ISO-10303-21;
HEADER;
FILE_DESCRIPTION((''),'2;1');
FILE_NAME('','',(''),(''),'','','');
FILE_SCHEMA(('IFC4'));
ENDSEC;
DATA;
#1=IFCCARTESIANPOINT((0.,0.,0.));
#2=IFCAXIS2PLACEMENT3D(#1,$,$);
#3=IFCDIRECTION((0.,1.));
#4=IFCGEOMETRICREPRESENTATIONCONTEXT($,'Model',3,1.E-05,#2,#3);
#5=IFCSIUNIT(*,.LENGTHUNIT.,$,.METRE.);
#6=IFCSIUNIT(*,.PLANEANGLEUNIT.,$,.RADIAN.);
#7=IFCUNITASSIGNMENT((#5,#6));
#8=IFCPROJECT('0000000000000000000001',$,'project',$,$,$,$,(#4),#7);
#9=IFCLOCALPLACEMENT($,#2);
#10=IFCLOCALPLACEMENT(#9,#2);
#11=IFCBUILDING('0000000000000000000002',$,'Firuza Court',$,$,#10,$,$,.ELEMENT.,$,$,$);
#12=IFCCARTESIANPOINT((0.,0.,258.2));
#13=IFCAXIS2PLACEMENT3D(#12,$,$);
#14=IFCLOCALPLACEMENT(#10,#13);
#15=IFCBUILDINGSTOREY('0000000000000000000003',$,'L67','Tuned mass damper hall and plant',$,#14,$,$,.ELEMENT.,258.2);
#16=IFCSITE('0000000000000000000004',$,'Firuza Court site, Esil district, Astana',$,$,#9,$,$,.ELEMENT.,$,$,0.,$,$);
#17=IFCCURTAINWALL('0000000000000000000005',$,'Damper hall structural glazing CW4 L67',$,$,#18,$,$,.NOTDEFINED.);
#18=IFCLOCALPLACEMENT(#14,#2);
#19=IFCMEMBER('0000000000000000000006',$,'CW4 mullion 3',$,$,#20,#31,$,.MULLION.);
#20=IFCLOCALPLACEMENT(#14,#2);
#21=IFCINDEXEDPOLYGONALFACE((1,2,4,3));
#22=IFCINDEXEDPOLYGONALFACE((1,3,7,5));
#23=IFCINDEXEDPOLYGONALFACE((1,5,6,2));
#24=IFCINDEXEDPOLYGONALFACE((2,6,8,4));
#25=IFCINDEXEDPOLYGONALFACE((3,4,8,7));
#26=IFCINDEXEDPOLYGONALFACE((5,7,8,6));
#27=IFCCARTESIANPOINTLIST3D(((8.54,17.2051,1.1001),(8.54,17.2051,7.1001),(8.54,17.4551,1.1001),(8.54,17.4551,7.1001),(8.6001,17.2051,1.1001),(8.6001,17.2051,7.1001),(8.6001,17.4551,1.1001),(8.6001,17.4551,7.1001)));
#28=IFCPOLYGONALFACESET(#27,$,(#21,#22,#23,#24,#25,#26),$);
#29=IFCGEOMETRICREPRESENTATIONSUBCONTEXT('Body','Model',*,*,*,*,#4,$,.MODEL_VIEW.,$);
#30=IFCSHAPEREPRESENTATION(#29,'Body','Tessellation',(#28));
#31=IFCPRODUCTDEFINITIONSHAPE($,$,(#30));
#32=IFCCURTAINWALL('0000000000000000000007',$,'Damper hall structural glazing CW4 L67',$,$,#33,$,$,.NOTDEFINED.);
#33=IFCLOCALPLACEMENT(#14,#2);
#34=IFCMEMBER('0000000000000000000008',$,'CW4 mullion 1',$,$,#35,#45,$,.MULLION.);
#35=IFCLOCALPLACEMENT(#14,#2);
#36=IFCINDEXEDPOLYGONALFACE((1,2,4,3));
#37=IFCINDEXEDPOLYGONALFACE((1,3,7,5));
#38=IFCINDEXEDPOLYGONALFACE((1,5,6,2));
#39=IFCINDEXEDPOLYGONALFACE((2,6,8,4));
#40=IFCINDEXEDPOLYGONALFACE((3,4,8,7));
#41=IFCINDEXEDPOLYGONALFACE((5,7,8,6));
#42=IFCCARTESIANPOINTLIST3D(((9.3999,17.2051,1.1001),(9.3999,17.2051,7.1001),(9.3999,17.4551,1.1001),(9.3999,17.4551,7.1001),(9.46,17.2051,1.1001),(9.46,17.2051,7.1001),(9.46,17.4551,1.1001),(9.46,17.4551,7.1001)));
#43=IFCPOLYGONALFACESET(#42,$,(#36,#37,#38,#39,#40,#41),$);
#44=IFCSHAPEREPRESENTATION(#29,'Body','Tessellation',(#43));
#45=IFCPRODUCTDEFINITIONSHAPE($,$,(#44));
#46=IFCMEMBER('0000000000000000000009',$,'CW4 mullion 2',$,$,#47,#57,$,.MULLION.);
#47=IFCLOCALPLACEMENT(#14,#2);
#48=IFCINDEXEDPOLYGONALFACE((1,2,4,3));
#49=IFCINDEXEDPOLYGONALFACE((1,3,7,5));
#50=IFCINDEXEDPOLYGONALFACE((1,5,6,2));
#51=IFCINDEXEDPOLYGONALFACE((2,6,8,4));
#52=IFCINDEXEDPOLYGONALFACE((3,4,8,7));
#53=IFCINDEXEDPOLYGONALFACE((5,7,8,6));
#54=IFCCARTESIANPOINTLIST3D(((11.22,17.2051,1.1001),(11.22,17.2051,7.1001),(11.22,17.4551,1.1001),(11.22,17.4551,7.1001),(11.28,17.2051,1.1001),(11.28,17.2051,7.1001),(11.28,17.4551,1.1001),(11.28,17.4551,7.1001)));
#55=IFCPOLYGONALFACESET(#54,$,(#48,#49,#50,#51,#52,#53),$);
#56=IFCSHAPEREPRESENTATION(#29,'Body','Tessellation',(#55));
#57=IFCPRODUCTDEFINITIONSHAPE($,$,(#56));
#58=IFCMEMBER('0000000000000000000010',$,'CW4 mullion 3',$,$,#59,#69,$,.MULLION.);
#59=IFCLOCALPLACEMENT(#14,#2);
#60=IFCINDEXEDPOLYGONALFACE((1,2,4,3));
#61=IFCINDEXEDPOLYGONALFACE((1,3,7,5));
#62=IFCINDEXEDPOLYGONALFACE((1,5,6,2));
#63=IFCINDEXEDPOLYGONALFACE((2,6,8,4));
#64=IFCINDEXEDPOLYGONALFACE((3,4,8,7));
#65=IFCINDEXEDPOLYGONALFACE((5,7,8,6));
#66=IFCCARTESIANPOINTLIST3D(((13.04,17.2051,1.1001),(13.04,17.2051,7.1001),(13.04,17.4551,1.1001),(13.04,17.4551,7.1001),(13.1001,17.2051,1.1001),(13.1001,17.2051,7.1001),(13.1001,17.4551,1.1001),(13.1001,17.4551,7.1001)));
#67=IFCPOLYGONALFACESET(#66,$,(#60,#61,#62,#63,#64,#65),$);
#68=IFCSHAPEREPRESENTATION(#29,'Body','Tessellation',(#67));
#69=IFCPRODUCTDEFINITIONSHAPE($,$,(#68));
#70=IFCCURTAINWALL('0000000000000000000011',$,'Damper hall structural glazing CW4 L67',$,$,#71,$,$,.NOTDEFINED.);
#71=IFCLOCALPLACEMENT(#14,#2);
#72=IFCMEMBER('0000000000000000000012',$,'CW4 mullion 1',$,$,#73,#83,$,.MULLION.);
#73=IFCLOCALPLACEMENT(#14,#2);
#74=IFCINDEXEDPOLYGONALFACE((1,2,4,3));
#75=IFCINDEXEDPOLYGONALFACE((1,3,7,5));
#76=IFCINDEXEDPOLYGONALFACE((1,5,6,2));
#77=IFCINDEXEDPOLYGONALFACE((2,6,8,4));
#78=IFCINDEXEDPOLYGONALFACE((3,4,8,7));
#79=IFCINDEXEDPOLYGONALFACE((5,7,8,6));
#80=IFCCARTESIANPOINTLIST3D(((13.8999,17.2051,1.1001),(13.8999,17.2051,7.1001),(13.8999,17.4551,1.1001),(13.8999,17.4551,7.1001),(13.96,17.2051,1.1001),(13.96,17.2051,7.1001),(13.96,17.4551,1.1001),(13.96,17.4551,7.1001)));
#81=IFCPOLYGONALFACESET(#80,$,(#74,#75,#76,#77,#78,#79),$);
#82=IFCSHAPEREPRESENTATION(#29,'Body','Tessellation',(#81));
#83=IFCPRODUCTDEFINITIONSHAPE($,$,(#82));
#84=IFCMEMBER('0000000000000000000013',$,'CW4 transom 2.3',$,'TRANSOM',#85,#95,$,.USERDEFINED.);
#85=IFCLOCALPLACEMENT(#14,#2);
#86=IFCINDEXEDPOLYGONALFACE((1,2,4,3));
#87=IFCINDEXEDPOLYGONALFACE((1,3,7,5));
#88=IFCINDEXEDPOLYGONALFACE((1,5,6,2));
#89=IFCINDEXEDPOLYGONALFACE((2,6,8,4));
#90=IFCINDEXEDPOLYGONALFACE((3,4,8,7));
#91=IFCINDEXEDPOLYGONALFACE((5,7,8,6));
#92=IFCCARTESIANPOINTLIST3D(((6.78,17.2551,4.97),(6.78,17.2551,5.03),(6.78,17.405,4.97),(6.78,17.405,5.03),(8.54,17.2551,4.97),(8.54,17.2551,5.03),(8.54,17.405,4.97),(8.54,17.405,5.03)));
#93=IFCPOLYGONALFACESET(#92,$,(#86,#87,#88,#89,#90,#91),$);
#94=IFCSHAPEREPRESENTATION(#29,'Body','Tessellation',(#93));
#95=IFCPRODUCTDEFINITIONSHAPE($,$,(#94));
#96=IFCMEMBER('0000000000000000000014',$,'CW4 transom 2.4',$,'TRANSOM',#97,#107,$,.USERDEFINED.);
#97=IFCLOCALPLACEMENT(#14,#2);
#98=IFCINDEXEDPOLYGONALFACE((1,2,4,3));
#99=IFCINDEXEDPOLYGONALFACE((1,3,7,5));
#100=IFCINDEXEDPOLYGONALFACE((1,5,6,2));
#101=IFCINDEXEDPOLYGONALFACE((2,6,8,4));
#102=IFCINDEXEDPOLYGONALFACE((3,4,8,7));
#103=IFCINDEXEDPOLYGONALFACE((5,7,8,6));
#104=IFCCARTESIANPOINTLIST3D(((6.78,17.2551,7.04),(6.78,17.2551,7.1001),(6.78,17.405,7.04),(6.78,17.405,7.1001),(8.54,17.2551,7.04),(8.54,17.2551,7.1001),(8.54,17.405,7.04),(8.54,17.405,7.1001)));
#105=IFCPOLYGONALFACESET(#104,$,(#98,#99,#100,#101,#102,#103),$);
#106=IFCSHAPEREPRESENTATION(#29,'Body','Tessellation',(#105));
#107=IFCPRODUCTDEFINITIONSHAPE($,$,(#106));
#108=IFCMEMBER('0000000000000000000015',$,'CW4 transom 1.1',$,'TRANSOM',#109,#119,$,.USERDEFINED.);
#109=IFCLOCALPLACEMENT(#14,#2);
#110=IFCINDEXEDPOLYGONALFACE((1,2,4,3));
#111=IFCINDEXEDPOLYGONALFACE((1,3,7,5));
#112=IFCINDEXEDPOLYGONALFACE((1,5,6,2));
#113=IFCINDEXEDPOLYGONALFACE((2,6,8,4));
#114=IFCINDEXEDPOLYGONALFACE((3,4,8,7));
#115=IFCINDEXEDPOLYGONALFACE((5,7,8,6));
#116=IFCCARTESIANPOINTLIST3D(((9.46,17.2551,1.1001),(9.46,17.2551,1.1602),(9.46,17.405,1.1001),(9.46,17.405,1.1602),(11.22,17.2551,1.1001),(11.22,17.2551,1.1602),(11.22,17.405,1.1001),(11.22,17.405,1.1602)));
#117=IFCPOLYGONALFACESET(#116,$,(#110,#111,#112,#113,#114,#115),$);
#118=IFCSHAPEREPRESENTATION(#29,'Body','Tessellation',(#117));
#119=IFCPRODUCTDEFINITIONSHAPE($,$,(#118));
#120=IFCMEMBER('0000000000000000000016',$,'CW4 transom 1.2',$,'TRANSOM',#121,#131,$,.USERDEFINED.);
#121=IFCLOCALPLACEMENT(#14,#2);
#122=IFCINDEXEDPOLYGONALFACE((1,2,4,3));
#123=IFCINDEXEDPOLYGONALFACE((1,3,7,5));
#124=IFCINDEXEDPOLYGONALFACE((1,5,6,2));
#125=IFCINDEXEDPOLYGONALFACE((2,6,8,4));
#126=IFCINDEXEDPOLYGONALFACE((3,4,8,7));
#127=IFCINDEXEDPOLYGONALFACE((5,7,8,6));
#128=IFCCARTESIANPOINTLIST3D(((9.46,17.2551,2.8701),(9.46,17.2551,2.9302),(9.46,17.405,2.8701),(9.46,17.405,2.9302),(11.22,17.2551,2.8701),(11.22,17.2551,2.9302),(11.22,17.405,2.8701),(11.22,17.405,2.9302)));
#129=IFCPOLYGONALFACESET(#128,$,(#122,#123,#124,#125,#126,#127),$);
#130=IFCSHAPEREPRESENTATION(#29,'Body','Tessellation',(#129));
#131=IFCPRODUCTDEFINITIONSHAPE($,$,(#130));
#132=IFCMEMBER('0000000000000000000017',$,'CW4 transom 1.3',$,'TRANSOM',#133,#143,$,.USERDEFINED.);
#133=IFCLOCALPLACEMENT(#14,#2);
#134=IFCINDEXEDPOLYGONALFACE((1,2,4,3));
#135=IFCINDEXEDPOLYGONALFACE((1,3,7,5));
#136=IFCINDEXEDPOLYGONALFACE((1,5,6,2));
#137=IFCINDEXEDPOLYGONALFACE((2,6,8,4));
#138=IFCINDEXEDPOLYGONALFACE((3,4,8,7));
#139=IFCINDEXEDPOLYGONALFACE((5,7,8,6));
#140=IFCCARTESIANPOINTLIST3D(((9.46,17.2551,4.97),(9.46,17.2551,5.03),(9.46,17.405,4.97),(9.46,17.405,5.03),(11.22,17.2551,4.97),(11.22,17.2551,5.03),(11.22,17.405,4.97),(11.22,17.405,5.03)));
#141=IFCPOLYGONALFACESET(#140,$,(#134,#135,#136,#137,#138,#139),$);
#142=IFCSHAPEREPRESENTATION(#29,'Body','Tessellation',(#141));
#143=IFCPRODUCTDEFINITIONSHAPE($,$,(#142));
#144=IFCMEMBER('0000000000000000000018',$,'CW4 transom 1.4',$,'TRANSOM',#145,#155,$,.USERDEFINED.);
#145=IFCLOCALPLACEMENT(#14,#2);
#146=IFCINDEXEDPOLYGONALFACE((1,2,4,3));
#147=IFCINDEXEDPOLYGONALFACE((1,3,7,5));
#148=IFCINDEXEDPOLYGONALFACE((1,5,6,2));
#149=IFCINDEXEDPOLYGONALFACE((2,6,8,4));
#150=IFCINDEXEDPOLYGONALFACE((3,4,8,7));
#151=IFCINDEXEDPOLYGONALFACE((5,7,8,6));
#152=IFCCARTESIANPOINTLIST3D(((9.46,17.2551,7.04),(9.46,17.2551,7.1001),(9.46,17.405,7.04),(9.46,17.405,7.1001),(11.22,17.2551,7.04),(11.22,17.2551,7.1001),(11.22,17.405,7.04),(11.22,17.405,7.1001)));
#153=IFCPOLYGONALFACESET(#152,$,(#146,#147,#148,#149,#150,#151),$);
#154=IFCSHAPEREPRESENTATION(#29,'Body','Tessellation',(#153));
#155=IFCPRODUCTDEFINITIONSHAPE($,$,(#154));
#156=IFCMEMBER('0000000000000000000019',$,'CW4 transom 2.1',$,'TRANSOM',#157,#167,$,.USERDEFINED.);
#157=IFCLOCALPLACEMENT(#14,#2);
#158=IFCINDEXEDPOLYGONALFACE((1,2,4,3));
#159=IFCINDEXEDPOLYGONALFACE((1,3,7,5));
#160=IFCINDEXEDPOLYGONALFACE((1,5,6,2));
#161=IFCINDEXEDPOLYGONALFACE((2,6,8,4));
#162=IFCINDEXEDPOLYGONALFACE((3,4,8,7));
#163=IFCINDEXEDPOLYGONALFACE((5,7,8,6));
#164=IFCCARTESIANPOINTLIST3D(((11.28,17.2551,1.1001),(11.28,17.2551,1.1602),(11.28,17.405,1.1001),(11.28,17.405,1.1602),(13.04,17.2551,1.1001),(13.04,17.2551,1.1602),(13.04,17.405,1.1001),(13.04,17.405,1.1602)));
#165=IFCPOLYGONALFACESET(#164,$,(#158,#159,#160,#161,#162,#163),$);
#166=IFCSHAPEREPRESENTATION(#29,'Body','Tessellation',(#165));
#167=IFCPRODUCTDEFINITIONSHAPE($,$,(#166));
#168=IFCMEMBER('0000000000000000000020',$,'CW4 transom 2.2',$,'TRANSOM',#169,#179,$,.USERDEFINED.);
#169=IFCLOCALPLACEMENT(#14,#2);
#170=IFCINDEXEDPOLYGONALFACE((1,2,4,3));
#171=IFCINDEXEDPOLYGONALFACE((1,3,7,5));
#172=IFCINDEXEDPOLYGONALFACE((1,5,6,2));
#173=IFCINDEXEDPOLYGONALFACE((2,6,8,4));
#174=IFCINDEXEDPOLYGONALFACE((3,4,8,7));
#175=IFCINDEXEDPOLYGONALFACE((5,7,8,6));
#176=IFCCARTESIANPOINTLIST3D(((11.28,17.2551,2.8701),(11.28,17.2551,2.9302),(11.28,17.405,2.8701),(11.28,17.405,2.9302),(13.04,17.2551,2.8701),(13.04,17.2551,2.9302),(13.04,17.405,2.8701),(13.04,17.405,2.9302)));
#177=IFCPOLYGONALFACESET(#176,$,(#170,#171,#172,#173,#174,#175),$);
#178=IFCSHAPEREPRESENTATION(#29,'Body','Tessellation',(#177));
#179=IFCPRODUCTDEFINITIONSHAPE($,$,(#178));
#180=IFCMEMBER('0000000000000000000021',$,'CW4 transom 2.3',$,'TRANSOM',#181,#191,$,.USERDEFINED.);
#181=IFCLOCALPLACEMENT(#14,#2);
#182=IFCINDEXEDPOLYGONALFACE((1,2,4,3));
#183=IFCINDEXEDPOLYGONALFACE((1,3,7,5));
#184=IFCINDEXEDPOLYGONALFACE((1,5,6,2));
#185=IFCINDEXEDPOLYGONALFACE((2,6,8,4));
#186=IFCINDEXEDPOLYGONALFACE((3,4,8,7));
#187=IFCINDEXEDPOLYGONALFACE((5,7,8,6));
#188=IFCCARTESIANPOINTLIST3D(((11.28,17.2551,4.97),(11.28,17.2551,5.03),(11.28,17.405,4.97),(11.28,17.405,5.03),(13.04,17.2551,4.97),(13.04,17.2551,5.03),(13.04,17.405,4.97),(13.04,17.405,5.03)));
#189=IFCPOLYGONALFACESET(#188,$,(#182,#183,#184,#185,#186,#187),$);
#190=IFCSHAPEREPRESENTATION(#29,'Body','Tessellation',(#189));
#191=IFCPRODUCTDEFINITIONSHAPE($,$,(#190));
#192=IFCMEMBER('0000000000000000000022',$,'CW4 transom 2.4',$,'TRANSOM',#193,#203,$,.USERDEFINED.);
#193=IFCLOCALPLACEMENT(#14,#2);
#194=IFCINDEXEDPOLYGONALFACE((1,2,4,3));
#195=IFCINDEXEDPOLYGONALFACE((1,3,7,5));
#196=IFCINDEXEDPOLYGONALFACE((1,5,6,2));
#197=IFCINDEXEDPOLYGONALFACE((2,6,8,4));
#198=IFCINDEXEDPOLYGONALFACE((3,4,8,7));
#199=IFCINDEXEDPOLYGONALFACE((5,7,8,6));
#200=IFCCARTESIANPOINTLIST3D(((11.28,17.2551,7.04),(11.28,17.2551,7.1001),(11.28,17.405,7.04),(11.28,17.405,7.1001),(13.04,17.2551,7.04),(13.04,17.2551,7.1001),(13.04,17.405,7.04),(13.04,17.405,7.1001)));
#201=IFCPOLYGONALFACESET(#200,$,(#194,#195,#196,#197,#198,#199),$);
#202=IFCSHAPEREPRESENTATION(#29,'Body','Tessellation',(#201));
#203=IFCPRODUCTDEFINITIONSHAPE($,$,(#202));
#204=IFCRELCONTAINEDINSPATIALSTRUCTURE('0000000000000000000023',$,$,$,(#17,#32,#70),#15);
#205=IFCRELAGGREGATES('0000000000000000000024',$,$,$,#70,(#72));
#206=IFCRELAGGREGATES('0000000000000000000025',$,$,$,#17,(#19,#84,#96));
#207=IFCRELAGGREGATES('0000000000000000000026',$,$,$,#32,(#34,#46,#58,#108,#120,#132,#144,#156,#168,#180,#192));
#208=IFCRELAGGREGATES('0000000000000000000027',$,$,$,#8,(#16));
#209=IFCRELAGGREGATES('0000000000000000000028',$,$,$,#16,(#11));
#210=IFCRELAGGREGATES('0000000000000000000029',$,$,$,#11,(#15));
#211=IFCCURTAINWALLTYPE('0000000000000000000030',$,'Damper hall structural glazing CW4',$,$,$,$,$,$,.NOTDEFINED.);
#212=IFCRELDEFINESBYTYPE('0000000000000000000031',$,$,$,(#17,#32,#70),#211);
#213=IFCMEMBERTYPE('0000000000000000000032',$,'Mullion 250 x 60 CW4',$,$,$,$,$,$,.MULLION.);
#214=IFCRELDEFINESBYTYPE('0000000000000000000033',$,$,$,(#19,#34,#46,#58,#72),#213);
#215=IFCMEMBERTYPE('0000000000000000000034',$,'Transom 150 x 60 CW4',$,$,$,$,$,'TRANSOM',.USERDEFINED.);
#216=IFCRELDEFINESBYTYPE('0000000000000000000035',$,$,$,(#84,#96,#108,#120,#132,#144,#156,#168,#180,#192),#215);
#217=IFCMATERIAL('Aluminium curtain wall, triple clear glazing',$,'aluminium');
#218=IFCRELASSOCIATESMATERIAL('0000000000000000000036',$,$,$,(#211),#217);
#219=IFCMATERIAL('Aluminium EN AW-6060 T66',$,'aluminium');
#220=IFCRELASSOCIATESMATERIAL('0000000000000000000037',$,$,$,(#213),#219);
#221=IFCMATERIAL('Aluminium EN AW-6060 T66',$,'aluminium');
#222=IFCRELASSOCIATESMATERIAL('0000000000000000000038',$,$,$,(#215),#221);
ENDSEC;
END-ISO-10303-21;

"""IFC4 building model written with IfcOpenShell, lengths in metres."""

from ifc_helpers import new_model, si_unit, direction, frame, origin, origin_2d, place, context, subcontext, project, spatial, rectangle, extrude, material, material_profile, profile_set, type_object, element, aggregate, save


model = new_model("IFC4")

# Units and contexts
model_context = context("Model", 3, precision=1e-05, world=origin(), true_north=direction((0.0, 1.0)))
body_context = subcontext(model_context, "Body", "Model", "MODEL_VIEW")
ifc_project = project(units=[si_unit("LENGTHUNIT", "METRE"), si_unit("PLANEANGLEUNIT", "RADIAN")], contexts=[model_context])

# Site, building, storey
site_placement = place(None, origin())
site = spatial("IfcSite", under=ifc_project, at=site_placement, Name="Firuza Court site, Esil district, Astana", CompositionType="ELEMENT", RefElevation=0.0)
building_placement = place(site_placement, origin())
building = spatial("IfcBuilding", under=site, at=building_placement, Name="Firuza Court", CompositionType="ELEMENT")
storey_placement = place(building_placement, frame((0.0, 0.0, 258.2)))
storey = spatial("IfcBuildingStorey", under=building, at=storey_placement, Name="L67", Description="Tuned mass damper hall and plant", CompositionType="ELEMENT", Elevation=258.2)

# Curtain wall, member
ifc_material_1 = material(Name="Aluminium curtain wall, triple clear glazing", Category="aluminium")
curtain_wall_type = type_object("IfcCurtainWallType", Name="Damper hall structural glazing CW4", PredefinedType="NOTDEFINED", material=ifc_material_1)
curtain_wall_1_placement = place(storey_placement, origin())
curtain_wall_1 = element("IfcCurtainWall", 1, at=curtain_wall_1_placement, inside=storey, type_object=curtain_wall_type, Name="Damper hall structural glazing CW4 L67", PredefinedType="NOTDEFINED")
ifc_material_2 = material(Name="Aluminium EN AW-6060 T66", Category="aluminium")
ifc_material_profile_1 = material_profile(ifc_material_2, rectangle(XDim=0.25, YDim=0.0601, at=origin_2d()), Name="Mullion 250 x 60 CW4")
ifc_profile_set_1 = profile_set([ifc_material_profile_1], Name="Aluminium EN AW-6060 T66")
member_type_1 = type_object("IfcMemberType", Name="Mullion 250 x 60 CW4", PredefinedType="MULLION", material=ifc_profile_set_1)
member_1_placement = place(storey_placement, frame((8.5701, 17.3301, 1.1001), z_axis=(0.0, 0.0, 1.0), x_axis=(0.0, 1.0, 0.0)))
member_1 = element("IfcMember", 2, at=member_1_placement, type_object=member_type_1, Name="CW4 mullion 3", PredefinedType="MULLION", context=body_context, shape_type="SweptSolid", body=[
    extrude(rectangle(XDim=0.25, YDim=0.0601, at=origin_2d()), origin(), (0.0, 0.0, 1.0), 6.0),
])

# Curtain wall, members
curtain_wall_2_placement = place(storey_placement, origin())
curtain_wall_2 = element("IfcCurtainWall", 3, at=curtain_wall_2_placement, inside=storey, type_object=curtain_wall_type, Name="Damper hall structural glazing CW4 L67", PredefinedType="NOTDEFINED")
member_2_placement = place(storey_placement, frame((9.4299, 17.3301, 1.1001), z_axis=(0.0, 0.0, 1.0), x_axis=(0.0, 1.0, 0.0)))
member_2 = element("IfcMember", 4, at=member_2_placement, type_object=member_type_1, Name="CW4 mullion 1", PredefinedType="MULLION", context=body_context, shape_type="SweptSolid", body=[
    extrude(rectangle(XDim=0.25, YDim=0.0601, at=origin_2d()), origin(), (0.0, 0.0, 1.0), 6.0),
])
member_3_placement = place(storey_placement, frame((11.25, 17.3301, 1.1001), z_axis=(0.0, 0.0, 1.0), x_axis=(0.0, 1.0, 0.0)))
member_3 = element("IfcMember", 5, at=member_3_placement, type_object=member_type_1, Name="CW4 mullion 2", PredefinedType="MULLION", context=body_context, shape_type="SweptSolid", body=[
    extrude(rectangle(XDim=0.25, YDim=0.0601, at=origin_2d()), origin(), (0.0, 0.0, 1.0), 6.0),
])
member_4_placement = place(storey_placement, frame((13.0701, 17.3301, 1.1001), z_axis=(0.0, 0.0, 1.0), x_axis=(0.0, 1.0, 0.0)))
member_4 = element("IfcMember", 6, at=member_4_placement, type_object=member_type_1, Name="CW4 mullion 3", PredefinedType="MULLION", context=body_context, shape_type="SweptSolid", body=[
    extrude(rectangle(XDim=0.25, YDim=0.0601, at=origin_2d()), origin(), (0.0, 0.0, 1.0), 6.0),
])

# Curtain wall, member
curtain_wall_3_placement = place(storey_placement, origin())
curtain_wall_3 = element("IfcCurtainWall", 7, at=curtain_wall_3_placement, inside=storey, type_object=curtain_wall_type, Name="Damper hall structural glazing CW4 L67", PredefinedType="NOTDEFINED")
member_5_placement = place(storey_placement, frame((13.9299, 17.3301, 1.1001), z_axis=(0.0, 0.0, 1.0), x_axis=(0.0, 1.0, 0.0)))
member_5 = element("IfcMember", 8, at=member_5_placement, type_object=member_type_1, Name="CW4 mullion 1", PredefinedType="MULLION", context=body_context, shape_type="SweptSolid", body=[
    extrude(rectangle(XDim=0.25, YDim=0.0601, at=origin_2d()), origin(), (0.0, 0.0, 1.0), 6.0),
])
aggregate(curtain_wall_3, [member_5])

# Members
ifc_material_3 = material(Name="Aluminium EN AW-6060 T66", Category="aluminium")
ifc_material_profile_2 = material_profile(ifc_material_3, rectangle(XDim=0.1499, YDim=0.0601, at=origin_2d()), Name="Transom 150 x 60 CW4")
ifc_profile_set_2 = profile_set([ifc_material_profile_2], Name="Aluminium EN AW-6060 T66")
member_type_2 = type_object("IfcMemberType", Name="Transom 150 x 60 CW4", ElementType="TRANSOM", PredefinedType="USERDEFINED", material=ifc_profile_set_2)
member_6_placement = place(storey_placement, frame((6.78, 17.3301, 5.0), z_axis=(1.0, 0.0, 0.0), x_axis=(0.0, 1.0, 0.0)))
member_6 = element("IfcMember", 9, at=member_6_placement, type_object=member_type_2, Name="CW4 transom 2.3", ObjectType="TRANSOM", PredefinedType="USERDEFINED", context=body_context, shape_type="SweptSolid", body=[
    extrude(rectangle(XDim=0.1499, YDim=0.0601, at=origin_2d()), origin(), (0.0, 0.0, 1.0), 1.76),
])
member_7_placement = place(storey_placement, frame((6.78, 17.3301, 7.0701), z_axis=(1.0, 0.0, 0.0), x_axis=(0.0, 1.0, 0.0)))
member_7 = element("IfcMember", 10, at=member_7_placement, type_object=member_type_2, Name="CW4 transom 2.4", ObjectType="TRANSOM", PredefinedType="USERDEFINED", context=body_context, shape_type="SweptSolid", body=[
    extrude(rectangle(XDim=0.1499, YDim=0.0601, at=origin_2d()), origin(), (0.0, 0.0, 1.0), 1.76),
])
member_8_placement = place(storey_placement, frame((9.46, 17.3301, 1.1301), z_axis=(1.0, 0.0, 0.0), x_axis=(0.0, 1.0, 0.0)))
member_8 = element("IfcMember", 11, at=member_8_placement, type_object=member_type_2, Name="CW4 transom 1.1", ObjectType="TRANSOM", PredefinedType="USERDEFINED", context=body_context, shape_type="SweptSolid", body=[
    extrude(rectangle(XDim=0.1499, YDim=0.0601, at=origin_2d()), origin(), (0.0, 0.0, 1.0), 1.76),
])
member_9_placement = place(storey_placement, frame((9.46, 17.3301, 2.9001), z_axis=(1.0, 0.0, 0.0), x_axis=(0.0, 1.0, 0.0)))
member_9 = element("IfcMember", 12, at=member_9_placement, type_object=member_type_2, Name="CW4 transom 1.2", ObjectType="TRANSOM", PredefinedType="USERDEFINED", context=body_context, shape_type="SweptSolid", body=[
    extrude(rectangle(XDim=0.1499, YDim=0.0601, at=origin_2d()), origin(), (0.0, 0.0, 1.0), 1.76),
])
member_10_placement = place(storey_placement, frame((9.46, 17.3301, 5.0), z_axis=(1.0, 0.0, 0.0), x_axis=(0.0, 1.0, 0.0)))
member_10 = element("IfcMember", 13, at=member_10_placement, type_object=member_type_2, Name="CW4 transom 1.3", ObjectType="TRANSOM", PredefinedType="USERDEFINED", context=body_context, shape_type="SweptSolid", body=[
    extrude(rectangle(XDim=0.1499, YDim=0.0601, at=origin_2d()), origin(), (0.0, 0.0, 1.0), 1.76),
])
member_11_placement = place(storey_placement, frame((9.46, 17.3301, 7.0701), z_axis=(1.0, 0.0, 0.0), x_axis=(0.0, 1.0, 0.0)))
member_11 = element("IfcMember", 14, at=member_11_placement, type_object=member_type_2, Name="CW4 transom 1.4", ObjectType="TRANSOM", PredefinedType="USERDEFINED", context=body_context, shape_type="SweptSolid", body=[
    extrude(rectangle(XDim=0.1499, YDim=0.0601, at=origin_2d()), origin(), (0.0, 0.0, 1.0), 1.76),
])
member_12_placement = place(storey_placement, frame((11.28, 17.3301, 1.1301), z_axis=(1.0, 0.0, 0.0), x_axis=(0.0, 1.0, 0.0)))
member_12 = element("IfcMember", 15, at=member_12_placement, type_object=member_type_2, Name="CW4 transom 2.1", ObjectType="TRANSOM", PredefinedType="USERDEFINED", context=body_context, shape_type="SweptSolid", body=[
    extrude(rectangle(XDim=0.1499, YDim=0.0601, at=origin_2d()), origin(), (0.0, 0.0, 1.0), 1.76),
])
member_13_placement = place(storey_placement, frame((11.28, 17.3301, 2.9001), z_axis=(1.0, 0.0, 0.0), x_axis=(0.0, 1.0, 0.0)))
member_13 = element("IfcMember", 16, at=member_13_placement, type_object=member_type_2, Name="CW4 transom 2.2", ObjectType="TRANSOM", PredefinedType="USERDEFINED", context=body_context, shape_type="SweptSolid", body=[
    extrude(rectangle(XDim=0.1499, YDim=0.0601, at=origin_2d()), origin(), (0.0, 0.0, 1.0), 1.76),
])
member_14_placement = place(storey_placement, frame((11.28, 17.3301, 5.0), z_axis=(1.0, 0.0, 0.0), x_axis=(0.0, 1.0, 0.0)))
member_14 = element("IfcMember", 17, at=member_14_placement, type_object=member_type_2, Name="CW4 transom 2.3", ObjectType="TRANSOM", PredefinedType="USERDEFINED", context=body_context, shape_type="SweptSolid", body=[
    extrude(rectangle(XDim=0.1499, YDim=0.0601, at=origin_2d()), origin(), (0.0, 0.0, 1.0), 1.76),
])
member_15_placement = place(storey_placement, frame((11.28, 17.3301, 7.0701), z_axis=(1.0, 0.0, 0.0), x_axis=(0.0, 1.0, 0.0)))
member_15 = element("IfcMember", 18, at=member_15_placement, type_object=member_type_2, Name="CW4 transom 2.4", ObjectType="TRANSOM", PredefinedType="USERDEFINED", context=body_context, shape_type="SweptSolid", body=[
    extrude(rectangle(XDim=0.1499, YDim=0.0601, at=origin_2d()), origin(), (0.0, 0.0, 1.0), 1.76),
])

aggregate(curtain_wall_1, [member_1, member_6, member_7])
aggregate(curtain_wall_2, [member_2, member_3, member_4, member_8, member_9, member_10, member_11, member_12, member_13, member_14, member_15])

save(model, "model.ifc")
